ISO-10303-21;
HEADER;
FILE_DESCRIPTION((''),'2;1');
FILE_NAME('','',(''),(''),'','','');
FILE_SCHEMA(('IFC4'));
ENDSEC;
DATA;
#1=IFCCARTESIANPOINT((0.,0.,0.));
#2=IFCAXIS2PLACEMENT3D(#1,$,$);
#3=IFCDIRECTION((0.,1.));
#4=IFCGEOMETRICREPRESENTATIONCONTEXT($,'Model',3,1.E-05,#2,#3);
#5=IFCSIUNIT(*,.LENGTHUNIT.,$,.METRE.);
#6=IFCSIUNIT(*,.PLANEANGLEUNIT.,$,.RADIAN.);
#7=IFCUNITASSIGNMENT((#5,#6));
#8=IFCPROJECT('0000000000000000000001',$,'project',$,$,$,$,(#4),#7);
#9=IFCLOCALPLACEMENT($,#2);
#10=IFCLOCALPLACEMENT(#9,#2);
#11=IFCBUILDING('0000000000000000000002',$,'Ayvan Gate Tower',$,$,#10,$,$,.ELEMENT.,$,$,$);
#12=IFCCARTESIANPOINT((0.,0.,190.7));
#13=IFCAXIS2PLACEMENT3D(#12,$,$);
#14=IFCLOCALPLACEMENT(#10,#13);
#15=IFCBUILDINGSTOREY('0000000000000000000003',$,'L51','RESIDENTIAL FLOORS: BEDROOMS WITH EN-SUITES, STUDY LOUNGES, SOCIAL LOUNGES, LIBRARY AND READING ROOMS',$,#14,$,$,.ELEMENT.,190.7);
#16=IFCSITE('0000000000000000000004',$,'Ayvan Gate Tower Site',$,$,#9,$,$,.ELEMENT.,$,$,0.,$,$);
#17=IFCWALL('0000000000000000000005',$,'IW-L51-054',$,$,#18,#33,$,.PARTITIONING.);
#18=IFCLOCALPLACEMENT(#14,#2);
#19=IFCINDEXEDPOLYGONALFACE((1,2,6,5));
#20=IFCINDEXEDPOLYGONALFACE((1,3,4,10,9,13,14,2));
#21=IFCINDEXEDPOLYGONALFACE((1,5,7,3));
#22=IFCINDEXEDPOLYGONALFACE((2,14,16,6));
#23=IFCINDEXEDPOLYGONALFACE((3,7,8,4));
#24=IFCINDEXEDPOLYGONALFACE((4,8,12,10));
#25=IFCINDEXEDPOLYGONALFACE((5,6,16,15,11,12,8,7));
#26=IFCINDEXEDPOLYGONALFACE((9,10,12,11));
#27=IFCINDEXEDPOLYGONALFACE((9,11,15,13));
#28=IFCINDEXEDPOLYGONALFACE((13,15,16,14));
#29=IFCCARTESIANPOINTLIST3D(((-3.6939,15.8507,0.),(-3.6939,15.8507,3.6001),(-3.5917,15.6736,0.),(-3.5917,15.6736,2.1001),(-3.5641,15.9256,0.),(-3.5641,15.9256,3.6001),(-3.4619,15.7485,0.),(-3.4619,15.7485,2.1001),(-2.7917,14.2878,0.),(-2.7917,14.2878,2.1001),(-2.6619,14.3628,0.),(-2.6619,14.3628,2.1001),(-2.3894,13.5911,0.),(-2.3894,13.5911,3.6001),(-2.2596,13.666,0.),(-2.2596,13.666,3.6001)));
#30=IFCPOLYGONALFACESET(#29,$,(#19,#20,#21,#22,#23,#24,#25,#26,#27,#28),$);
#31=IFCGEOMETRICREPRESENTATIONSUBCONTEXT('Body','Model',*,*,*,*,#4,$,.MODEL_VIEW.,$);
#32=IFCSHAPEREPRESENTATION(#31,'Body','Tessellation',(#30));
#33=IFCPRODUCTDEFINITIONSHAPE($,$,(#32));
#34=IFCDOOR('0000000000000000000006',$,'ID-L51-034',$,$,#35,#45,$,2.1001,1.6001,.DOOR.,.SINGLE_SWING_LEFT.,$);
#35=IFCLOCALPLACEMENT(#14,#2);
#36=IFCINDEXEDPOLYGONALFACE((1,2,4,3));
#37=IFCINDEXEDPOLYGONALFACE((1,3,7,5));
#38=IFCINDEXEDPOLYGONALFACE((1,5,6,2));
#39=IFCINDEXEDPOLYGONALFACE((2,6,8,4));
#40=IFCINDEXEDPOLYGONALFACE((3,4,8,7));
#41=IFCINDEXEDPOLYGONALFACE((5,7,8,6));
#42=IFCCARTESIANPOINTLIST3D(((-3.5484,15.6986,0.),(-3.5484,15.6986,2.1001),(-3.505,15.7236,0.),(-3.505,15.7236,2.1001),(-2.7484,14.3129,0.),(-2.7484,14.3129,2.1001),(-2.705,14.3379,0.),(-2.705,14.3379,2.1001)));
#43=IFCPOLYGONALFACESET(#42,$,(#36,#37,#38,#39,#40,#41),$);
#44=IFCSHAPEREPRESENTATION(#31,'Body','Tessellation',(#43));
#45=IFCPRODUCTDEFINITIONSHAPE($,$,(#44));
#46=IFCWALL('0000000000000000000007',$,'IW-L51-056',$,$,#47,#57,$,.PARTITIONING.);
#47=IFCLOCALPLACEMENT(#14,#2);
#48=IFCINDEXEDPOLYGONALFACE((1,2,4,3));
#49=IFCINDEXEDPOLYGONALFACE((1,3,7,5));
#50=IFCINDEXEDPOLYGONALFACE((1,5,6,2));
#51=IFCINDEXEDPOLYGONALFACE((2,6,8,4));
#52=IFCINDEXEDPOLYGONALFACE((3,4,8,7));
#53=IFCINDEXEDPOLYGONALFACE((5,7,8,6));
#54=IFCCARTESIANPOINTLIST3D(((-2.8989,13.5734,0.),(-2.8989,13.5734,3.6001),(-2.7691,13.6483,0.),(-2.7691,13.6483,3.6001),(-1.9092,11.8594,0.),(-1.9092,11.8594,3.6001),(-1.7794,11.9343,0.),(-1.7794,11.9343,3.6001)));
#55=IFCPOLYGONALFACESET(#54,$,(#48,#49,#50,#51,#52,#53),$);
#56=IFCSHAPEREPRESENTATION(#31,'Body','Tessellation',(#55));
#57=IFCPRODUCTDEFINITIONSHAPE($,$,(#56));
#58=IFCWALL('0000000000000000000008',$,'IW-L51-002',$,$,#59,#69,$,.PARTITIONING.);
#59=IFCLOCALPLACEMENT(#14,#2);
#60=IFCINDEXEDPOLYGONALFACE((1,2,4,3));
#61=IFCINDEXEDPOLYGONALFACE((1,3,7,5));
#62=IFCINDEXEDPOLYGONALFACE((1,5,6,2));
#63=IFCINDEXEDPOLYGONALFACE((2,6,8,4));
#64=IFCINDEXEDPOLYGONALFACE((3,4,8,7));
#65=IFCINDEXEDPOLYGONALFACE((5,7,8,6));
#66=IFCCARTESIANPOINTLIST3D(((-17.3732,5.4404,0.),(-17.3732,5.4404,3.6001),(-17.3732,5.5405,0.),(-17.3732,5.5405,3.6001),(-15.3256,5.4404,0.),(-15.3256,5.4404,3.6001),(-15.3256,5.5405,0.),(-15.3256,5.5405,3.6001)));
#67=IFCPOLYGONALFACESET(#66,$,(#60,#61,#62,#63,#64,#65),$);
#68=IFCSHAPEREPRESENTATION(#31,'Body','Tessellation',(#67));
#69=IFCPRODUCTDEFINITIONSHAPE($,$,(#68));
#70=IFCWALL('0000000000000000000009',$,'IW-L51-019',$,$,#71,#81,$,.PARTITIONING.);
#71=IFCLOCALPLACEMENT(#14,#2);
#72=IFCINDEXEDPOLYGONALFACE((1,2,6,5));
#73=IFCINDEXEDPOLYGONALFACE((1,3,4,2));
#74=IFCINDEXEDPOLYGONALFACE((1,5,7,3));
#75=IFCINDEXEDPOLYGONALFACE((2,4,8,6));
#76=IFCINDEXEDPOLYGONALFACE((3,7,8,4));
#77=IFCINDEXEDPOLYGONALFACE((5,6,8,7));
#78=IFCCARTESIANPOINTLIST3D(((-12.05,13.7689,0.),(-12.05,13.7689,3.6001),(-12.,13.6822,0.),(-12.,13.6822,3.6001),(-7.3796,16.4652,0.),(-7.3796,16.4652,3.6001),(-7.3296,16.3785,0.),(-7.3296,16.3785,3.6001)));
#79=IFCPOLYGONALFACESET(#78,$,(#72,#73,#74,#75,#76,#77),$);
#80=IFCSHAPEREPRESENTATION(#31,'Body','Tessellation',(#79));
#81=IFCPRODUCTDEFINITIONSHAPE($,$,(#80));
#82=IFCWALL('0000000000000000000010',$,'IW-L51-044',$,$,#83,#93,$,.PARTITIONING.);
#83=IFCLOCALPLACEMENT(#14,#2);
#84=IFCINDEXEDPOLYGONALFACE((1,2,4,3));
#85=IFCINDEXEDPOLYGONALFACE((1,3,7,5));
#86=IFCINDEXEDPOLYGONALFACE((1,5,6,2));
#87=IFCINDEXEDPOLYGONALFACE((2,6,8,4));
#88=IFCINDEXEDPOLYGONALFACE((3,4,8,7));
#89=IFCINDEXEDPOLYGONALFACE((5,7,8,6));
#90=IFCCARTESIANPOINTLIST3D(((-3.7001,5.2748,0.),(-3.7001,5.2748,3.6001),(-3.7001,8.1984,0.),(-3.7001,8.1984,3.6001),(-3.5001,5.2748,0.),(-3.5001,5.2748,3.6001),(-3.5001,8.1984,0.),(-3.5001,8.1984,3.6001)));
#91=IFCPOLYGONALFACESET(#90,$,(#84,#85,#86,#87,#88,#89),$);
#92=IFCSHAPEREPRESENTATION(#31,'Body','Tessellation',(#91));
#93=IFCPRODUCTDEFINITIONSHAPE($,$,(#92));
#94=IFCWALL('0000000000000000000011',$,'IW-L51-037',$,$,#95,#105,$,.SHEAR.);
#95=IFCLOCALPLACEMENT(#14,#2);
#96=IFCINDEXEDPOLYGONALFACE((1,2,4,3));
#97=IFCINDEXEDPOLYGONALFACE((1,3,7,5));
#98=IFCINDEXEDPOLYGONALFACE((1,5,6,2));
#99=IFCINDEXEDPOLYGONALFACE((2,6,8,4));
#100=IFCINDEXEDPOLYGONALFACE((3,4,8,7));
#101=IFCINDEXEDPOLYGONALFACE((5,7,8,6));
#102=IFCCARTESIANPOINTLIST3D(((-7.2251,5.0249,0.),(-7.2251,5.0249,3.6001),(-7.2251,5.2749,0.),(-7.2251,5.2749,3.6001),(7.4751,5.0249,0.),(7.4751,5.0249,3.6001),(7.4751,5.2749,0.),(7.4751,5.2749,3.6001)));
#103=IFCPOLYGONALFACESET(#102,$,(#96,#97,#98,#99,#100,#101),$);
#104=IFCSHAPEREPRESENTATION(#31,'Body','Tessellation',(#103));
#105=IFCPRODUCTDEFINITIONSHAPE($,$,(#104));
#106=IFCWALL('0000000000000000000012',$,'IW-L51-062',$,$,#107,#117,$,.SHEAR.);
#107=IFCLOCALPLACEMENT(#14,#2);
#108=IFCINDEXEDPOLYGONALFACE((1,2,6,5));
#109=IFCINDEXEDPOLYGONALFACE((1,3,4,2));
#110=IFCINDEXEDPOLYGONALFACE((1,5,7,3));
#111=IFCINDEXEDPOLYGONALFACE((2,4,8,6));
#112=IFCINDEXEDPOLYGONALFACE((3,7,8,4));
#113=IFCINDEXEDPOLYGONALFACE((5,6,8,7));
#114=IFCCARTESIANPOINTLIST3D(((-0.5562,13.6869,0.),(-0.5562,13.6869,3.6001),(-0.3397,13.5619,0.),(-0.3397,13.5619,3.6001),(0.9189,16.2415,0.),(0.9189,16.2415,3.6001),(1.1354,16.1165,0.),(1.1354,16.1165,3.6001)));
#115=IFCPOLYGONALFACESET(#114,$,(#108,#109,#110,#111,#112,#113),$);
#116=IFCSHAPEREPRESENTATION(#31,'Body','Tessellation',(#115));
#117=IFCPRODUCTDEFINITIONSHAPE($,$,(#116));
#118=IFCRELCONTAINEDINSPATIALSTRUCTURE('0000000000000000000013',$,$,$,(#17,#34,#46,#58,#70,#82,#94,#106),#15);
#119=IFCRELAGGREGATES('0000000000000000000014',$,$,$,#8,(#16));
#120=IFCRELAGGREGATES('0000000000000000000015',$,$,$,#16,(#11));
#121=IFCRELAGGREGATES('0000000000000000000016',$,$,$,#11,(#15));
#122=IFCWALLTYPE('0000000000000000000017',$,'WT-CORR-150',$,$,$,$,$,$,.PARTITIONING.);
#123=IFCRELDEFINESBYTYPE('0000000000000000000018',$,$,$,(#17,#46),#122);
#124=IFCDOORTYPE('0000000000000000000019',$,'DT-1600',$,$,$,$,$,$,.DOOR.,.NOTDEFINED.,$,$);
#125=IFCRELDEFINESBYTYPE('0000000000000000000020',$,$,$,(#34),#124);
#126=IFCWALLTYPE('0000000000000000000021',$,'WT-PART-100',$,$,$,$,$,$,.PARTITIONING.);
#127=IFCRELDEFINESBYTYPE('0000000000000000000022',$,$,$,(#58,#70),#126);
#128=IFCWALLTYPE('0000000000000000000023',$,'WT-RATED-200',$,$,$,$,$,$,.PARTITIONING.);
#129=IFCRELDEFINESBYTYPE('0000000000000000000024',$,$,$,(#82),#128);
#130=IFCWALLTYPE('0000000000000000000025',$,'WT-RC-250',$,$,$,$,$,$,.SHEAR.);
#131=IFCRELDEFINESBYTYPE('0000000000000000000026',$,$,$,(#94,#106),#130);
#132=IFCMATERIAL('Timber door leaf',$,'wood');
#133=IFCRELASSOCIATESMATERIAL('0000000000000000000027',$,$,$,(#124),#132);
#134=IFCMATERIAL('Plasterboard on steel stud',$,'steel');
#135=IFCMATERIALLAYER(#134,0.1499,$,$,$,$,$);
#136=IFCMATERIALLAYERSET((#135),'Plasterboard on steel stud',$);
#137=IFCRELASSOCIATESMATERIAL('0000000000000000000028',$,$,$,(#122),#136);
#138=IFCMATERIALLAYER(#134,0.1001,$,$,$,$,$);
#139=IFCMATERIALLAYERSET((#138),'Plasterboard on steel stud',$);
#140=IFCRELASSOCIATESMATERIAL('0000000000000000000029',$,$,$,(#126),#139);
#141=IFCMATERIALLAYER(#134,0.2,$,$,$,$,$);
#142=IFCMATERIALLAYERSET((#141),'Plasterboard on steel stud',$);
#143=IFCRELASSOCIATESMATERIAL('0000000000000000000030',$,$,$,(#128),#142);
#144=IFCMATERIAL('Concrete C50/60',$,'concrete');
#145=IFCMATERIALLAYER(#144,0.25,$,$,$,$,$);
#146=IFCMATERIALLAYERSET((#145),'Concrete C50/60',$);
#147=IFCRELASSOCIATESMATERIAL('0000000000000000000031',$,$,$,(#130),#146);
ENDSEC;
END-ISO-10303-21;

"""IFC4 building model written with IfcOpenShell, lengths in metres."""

from ifc_helpers import new_model, si_unit, direction, frame, frame_2d, origin, place, context, subcontext, project, spatial, rectangle, extrude, material, layer, layer_set, type_object, element, fill, save


model = new_model("IFC4")

# Units and contexts
model_context = context("Model", 3, precision=1e-05, world=origin(), true_north=direction((0.0, 1.0)))
body_context = subcontext(model_context, "Body", "Model", "MODEL_VIEW")
ifc_project = project(units=[si_unit("LENGTHUNIT", "METRE"), si_unit("PLANEANGLEUNIT", "RADIAN")], contexts=[model_context])

# Site, building, storey
site_placement = place(None, origin())
site = spatial("IfcSite", under=ifc_project, at=site_placement, Name="Ayvan Gate Tower Site", CompositionType="ELEMENT", RefElevation=0.0)
building_placement = place(site_placement, origin())
building = spatial("IfcBuilding", under=site, at=building_placement, Name="Ayvan Gate Tower", CompositionType="ELEMENT")
storey_placement = place(building_placement, frame((0.0, 0.0, 190.7)))
storey = spatial("IfcBuildingStorey", under=building, at=storey_placement, Name="L51", Description="RESIDENTIAL FLOORS: BEDROOMS WITH EN-SUITES, STUDY LOUNGES, SOCIAL LOUNGES, LIBRARY AND READING ROOMS", CompositionType="ELEMENT", Elevation=190.7)

# Shared definitions
ifc_material_1 = material(Name="Timber door leaf", Category="wood")
door_type_1 = type_object("IfcDoorType", Name="DT-1600", OperationType="NOTDEFINED", PredefinedType="DOOR", material=ifc_material_1)

# Shared definitions
ifc_material_2 = material(Name="Plasterboard on steel stud", Category="steel")
ifc_layer_1 = layer(ifc_material_2, 0.1499)
ifc_layer_set_1 = layer_set([ifc_layer_1], Name="Plasterboard on steel stud")
wall_type_1 = type_object("IfcWallType", Name="WT-CORR-150", PredefinedType="PARTITIONING", material=ifc_layer_set_1)

# Wall, opening, door
wall_1_placement = place(storey_placement, frame((-2.3245, 13.6284, 0.0), z_axis=(0.0, 0.0, 1.0), x_axis=(-0.499974, 0.866041, 0.0)))
wall_1 = element("IfcWall", 1, at=wall_1_placement, inside=storey, type_object=wall_type_1, Name="IW-L51-054", PredefinedType="PARTITIONING", context=body_context, shape_type="SweptSolid", body=[
    extrude(rectangle(XDim=2.6091, YDim=0.1499, at=frame_2d((1.3047, 0.0))), origin(), (0.0, 0.0, 1.0), 3.6001),
])
opening_1_placement = place(wall_1_placement, frame((0.8047, 0.0, 0.0)))
opening_1 = element("IfcOpeningElement", 2, at=opening_1_placement, cuts=wall_1, PredefinedType="OPENING", context=body_context, shape_type="SweptSolid", body=[
    extrude(rectangle(XDim=1.6001, YDim=2.1001, at=frame_2d((0.8, 1.05))), frame((0.0, 0.085, 0.0), z_axis=(0.0, -1.0, 0.0), x_axis=(1.0, 0.0, 0.0)), (0.0, 0.0, 1.0), 0.1699),
])
door_1_placement = place(opening_1_placement, origin())
door_1 = element("IfcDoor", 3, at=door_1_placement, inside=storey, type_object=door_type_1, Name="ID-L51-034", OperationType="SINGLE_SWING_LEFT", OverallHeight=2.1001, OverallWidth=1.6001, PredefinedType="DOOR", context=body_context, shape_type="SweptSolid", body=[
    extrude(rectangle(XDim=1.6001, YDim=2.1001, at=frame_2d((0.8, 1.05))), frame((0.0, 0.0249, 0.0), z_axis=(0.0, -1.0, 0.0), x_axis=(1.0, 0.0, 0.0)), (0.0, 0.0, 1.0), 0.05),
])
fill(opening_1, door_1)

# Walls
wall_2_placement = place(storey_placement, frame((-1.8442, 11.8967, 0.0), z_axis=(0.0, 0.0, 1.0), x_axis=(-0.500039, 0.866003, 0.0)))
element("IfcWall", 4, at=wall_2_placement, inside=storey, type_object=wall_type_1, Name="IW-L51-056", PredefinedType="PARTITIONING", context=body_context, shape_type="SweptSolid", body=[
    extrude(rectangle(XDim=1.9792, YDim=0.1499, at=frame_2d((0.9897, 0.0))), origin(), (0.0, 0.0, 1.0), 3.6001),
])
ifc_layer_2 = layer(ifc_material_2, 0.1001)
ifc_layer_set_2 = layer_set([ifc_layer_2], Name="Plasterboard on steel stud")
wall_type_2 = type_object("IfcWallType", Name="WT-PART-100", PredefinedType="PARTITIONING", material=ifc_layer_set_2)
wall_3_placement = place(storey_placement, frame((-17.3733, 5.4905, 0.0), z_axis=(0.0, 0.0, 1.0), x_axis=(1.0, 0.0, 0.0)))
element("IfcWall", 5, at=wall_3_placement, inside=storey, type_object=wall_type_2, Name="IW-L51-002", PredefinedType="PARTITIONING", context=body_context, shape_type="SweptSolid", body=[
    extrude(rectangle(XDim=2.0476, YDim=0.1001, at=frame_2d((1.0239, 0.0))), origin(), (0.0, 0.0, 1.0), 3.6001),
])
wall_4_placement = place(storey_placement, frame((-12.0249, 13.7256, 0.0), z_axis=(0.0, 0.0, 1.0), x_axis=(0.866039, 0.499976, 0.0)))
element("IfcWall", 6, at=wall_4_placement, inside=storey, type_object=wall_type_2, Name="IW-L51-019", PredefinedType="PARTITIONING", context=body_context, shape_type="SweptSolid", body=[
    extrude(rectangle(XDim=5.3928, YDim=0.1001, at=frame_2d((2.6963, 0.0))), origin(), (0.0, 0.0, 1.0), 3.6001),
])
ifc_layer_3 = layer(ifc_material_2, 0.2)
ifc_layer_set_3 = layer_set([ifc_layer_3], Name="Plasterboard on steel stud")
wall_type_3 = type_object("IfcWallType", Name="WT-RATED-200", PredefinedType="PARTITIONING", material=ifc_layer_set_3)
wall_5_placement = place(storey_placement, frame((-3.6001, 8.1985, 0.0), z_axis=(0.0, 0.0, 1.0), x_axis=(0.0, -1.0, 0.0)))
element("IfcWall", 7, at=wall_5_placement, inside=storey, type_object=wall_type_3, Name="IW-L51-044", PredefinedType="PARTITIONING", context=body_context, shape_type="SweptSolid", body=[
    extrude(rectangle(XDim=2.9236, YDim=0.2, at=frame_2d((1.4619, 0.0))), origin(), (0.0, 0.0, 1.0), 3.6001),
])
ifc_material_3 = material(Name="Concrete C50/60", Category="concrete")
ifc_layer_4 = layer(ifc_material_3, 0.25)
ifc_layer_set_4 = layer_set([ifc_layer_4], Name="Concrete C50/60")
wall_type_4 = type_object("IfcWallType", Name="WT-RC-250", PredefinedType="SHEAR", material=ifc_layer_set_4)
wall_6_placement = place(storey_placement, frame((-7.2251, 5.1499, 0.0), z_axis=(0.0, 0.0, 1.0), x_axis=(1.0, 0.0, 0.0)))
element("IfcWall", 8, at=wall_6_placement, inside=storey, type_object=wall_type_4, Name="IW-L51-037", PredefinedType="SHEAR", context=body_context, shape_type="SweptSolid", body=[
    extrude(rectangle(XDim=14.7002, YDim=0.25, at=frame_2d((7.3501, 0.0))), origin(), (0.0, 0.0, 1.0), 3.6001),
])
wall_7_placement = place(storey_placement, frame((-0.448, 13.6243, 0.0), z_axis=(0.0, 0.0, 1.0), x_axis=(0.500038, 0.866004, 0.0)))
element("IfcWall", 9, at=wall_7_placement, inside=storey, type_object=wall_type_4, Name="IW-L51-062", PredefinedType="SHEAR", context=body_context, shape_type="SweptSolid", body=[
    extrude(rectangle(XDim=2.95, YDim=0.25, at=frame_2d((1.4751, 0.0))), origin(), (0.0, 0.0, 1.0), 3.6001),
])

save(model, "model.ifc")
